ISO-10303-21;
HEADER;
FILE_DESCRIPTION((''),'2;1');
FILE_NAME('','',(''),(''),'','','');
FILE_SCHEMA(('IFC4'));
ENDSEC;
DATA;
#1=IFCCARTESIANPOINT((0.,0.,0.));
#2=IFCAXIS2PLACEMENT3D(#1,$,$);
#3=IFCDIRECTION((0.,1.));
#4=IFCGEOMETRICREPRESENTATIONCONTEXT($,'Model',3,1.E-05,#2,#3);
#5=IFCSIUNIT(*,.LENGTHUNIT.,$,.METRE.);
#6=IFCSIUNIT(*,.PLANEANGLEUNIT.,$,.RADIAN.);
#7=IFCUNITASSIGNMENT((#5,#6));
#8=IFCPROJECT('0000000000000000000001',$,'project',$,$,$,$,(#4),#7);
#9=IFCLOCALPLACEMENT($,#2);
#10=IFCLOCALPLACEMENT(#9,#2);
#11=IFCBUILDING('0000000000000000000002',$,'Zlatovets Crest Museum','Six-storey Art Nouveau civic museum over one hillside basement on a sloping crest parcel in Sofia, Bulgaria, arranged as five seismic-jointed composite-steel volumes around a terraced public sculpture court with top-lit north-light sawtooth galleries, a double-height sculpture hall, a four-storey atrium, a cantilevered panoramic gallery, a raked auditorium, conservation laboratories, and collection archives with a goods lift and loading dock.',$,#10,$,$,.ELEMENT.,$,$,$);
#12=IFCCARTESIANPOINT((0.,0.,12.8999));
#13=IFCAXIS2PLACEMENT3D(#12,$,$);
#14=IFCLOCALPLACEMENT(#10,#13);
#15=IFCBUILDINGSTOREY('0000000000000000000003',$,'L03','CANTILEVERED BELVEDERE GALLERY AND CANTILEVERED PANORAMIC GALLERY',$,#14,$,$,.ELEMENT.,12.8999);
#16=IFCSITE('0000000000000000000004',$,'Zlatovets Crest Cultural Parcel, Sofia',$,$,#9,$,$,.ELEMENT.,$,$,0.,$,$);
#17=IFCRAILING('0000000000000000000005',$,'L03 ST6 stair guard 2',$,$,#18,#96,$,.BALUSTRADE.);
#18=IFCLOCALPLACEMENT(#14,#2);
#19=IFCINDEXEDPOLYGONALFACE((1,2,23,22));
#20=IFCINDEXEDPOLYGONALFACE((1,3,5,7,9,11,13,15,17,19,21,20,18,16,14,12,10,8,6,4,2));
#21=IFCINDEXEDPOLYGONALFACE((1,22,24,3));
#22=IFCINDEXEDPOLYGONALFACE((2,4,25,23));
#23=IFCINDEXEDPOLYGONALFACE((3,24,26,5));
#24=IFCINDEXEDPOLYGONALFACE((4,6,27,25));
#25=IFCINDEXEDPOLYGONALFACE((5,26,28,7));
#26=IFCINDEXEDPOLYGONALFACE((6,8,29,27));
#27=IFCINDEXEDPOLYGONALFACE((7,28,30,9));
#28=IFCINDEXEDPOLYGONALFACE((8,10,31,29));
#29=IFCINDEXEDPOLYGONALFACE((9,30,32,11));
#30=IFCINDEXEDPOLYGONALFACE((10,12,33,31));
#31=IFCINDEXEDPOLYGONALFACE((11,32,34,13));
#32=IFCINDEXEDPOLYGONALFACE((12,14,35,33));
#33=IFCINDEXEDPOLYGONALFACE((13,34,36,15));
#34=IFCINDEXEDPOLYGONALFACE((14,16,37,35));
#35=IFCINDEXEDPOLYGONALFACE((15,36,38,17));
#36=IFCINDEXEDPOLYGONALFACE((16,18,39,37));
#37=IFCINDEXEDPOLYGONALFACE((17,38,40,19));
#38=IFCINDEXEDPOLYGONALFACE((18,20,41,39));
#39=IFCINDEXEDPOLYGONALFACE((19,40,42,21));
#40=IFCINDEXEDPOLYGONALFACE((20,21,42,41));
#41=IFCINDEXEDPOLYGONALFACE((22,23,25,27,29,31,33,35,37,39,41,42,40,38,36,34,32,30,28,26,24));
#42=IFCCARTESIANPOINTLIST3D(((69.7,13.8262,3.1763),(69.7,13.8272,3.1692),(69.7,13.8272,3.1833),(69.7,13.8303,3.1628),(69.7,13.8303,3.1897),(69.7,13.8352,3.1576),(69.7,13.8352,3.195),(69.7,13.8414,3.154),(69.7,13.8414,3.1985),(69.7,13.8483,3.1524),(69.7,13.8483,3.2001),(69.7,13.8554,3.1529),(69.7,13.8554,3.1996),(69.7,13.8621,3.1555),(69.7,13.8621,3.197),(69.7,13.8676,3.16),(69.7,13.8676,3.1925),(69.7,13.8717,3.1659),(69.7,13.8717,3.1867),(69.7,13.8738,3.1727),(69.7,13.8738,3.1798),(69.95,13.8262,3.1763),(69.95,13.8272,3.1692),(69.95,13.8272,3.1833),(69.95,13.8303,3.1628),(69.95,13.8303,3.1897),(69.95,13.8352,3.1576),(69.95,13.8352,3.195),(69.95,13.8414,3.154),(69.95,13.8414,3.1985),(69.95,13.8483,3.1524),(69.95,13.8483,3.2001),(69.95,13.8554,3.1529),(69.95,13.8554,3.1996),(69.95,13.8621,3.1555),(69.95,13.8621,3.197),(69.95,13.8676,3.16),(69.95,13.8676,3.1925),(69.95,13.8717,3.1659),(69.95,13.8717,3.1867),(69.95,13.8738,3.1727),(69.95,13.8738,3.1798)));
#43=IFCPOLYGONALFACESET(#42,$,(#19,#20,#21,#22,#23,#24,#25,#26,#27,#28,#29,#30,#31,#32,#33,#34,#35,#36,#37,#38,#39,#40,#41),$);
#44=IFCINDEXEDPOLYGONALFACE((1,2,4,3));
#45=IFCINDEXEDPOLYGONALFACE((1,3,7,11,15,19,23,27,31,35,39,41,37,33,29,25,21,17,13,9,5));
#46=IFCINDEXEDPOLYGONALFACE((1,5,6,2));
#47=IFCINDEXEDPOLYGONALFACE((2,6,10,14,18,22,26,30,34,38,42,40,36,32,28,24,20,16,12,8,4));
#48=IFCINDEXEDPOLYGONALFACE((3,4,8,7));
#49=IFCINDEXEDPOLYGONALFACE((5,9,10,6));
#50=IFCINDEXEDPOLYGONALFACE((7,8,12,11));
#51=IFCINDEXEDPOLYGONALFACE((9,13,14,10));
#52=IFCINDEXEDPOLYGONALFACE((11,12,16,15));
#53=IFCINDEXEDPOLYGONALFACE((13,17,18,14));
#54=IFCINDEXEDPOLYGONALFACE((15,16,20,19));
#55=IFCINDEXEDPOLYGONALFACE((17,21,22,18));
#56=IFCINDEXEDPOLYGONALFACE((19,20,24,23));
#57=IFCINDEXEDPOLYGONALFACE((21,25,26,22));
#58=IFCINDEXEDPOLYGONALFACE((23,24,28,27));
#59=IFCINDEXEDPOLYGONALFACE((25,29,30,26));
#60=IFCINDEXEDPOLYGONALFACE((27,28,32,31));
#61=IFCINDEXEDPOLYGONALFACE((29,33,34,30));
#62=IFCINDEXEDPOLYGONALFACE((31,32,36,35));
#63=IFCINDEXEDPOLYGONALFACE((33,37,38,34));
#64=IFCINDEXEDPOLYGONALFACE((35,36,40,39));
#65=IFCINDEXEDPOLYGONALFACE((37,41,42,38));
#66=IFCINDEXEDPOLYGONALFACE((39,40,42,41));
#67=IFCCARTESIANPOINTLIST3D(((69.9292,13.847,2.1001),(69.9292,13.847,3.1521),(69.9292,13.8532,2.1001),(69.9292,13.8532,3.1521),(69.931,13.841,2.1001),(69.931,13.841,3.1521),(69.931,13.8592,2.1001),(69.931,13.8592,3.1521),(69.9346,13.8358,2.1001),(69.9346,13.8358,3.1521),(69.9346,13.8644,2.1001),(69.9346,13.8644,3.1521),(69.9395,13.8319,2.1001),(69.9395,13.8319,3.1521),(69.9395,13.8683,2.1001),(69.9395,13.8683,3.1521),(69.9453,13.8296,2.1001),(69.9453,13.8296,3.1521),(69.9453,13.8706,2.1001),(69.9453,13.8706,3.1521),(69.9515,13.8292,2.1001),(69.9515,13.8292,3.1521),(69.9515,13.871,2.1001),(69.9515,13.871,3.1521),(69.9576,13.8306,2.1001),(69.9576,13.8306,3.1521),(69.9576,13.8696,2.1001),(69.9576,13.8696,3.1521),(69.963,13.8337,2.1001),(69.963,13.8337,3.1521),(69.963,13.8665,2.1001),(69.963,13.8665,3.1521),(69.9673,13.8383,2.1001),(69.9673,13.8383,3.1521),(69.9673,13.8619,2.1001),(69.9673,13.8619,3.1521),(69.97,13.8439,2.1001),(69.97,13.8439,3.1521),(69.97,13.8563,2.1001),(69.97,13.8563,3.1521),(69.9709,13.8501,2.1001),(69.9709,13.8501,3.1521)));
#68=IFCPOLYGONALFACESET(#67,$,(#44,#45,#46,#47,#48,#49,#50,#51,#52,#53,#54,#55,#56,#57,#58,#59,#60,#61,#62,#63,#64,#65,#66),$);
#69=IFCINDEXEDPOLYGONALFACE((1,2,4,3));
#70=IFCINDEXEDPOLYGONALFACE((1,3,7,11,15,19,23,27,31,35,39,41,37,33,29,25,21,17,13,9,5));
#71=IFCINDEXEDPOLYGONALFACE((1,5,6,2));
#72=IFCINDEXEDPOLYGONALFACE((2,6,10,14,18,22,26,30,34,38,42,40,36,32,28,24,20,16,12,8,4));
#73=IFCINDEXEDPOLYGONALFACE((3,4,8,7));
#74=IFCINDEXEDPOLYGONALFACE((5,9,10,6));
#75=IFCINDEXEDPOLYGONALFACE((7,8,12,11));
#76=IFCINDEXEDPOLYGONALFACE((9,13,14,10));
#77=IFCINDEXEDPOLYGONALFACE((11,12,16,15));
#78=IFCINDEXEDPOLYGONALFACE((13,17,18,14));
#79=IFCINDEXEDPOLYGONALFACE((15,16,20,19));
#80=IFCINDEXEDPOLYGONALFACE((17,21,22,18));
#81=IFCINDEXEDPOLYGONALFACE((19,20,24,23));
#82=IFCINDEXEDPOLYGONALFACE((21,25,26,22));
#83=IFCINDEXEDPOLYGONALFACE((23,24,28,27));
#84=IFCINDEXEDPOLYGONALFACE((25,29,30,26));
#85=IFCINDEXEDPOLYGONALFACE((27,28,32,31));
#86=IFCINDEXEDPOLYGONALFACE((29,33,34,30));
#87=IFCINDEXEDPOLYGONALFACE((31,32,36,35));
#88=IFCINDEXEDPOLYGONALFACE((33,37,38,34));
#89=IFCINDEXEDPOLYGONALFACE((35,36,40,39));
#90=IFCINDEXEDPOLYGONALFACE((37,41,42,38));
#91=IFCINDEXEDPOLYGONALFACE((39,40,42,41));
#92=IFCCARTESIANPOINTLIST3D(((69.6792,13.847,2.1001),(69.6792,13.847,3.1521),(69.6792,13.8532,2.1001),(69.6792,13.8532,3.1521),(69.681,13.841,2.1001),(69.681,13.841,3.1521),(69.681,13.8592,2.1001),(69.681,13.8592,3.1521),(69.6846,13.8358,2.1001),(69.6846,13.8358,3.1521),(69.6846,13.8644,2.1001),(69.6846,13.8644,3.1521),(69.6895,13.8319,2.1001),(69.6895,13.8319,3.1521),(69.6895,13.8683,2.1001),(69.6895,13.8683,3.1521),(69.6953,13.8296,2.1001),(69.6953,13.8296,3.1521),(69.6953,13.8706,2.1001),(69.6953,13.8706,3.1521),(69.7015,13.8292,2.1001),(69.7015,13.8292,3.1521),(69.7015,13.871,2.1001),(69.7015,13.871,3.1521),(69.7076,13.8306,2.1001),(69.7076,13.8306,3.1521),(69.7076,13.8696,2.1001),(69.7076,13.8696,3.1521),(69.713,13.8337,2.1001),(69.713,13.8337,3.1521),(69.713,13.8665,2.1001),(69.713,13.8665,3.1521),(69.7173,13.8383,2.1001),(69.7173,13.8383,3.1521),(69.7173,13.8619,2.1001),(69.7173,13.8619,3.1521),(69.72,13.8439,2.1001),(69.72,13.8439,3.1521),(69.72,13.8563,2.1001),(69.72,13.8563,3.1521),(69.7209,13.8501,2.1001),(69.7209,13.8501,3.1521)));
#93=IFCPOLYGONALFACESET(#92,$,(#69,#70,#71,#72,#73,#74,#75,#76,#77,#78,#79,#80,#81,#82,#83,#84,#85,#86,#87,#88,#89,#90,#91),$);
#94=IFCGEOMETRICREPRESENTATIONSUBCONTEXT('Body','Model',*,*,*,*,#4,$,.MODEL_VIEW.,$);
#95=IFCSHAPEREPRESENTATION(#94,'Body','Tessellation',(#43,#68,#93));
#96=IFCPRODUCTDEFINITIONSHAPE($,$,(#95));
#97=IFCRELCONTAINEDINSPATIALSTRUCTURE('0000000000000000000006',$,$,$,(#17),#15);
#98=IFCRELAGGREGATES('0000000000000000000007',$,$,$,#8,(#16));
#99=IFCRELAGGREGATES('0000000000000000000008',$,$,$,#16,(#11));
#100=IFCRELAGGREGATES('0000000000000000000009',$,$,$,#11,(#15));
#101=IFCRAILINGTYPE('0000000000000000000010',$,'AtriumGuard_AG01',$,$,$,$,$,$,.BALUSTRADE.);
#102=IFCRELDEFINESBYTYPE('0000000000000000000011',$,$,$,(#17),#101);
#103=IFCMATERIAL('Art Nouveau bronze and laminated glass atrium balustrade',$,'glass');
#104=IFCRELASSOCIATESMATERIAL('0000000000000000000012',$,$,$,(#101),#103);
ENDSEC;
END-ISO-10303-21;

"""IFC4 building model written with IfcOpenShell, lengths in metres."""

from ifc_helpers import new_model, si_unit, direction, frame, origin, origin_2d, place, context, subcontext, project, spatial, circle, extrude, material, type_object, element, save


model = new_model("IFC4")

# Units and contexts
model_context = context("Model", 3, precision=1e-05, world=origin(), true_north=direction((0.0, 1.0)))
body_context = subcontext(model_context, "Body", "Model", "MODEL_VIEW")
ifc_project = project(units=[si_unit("LENGTHUNIT", "METRE"), si_unit("PLANEANGLEUNIT", "RADIAN")], contexts=[model_context])

# Site, building, storey
site_placement = place(None, origin())
site = spatial("IfcSite", under=ifc_project, at=site_placement, Name="Zlatovets Crest Cultural Parcel, Sofia", CompositionType="ELEMENT", RefElevation=0.0)
building_placement = place(site_placement, origin())
building = spatial("IfcBuilding", under=site, at=building_placement, Name="Zlatovets Crest Museum", Description="Six-storey Art Nouveau civic museum over one hillside basement on a sloping crest parcel in Sofia, Bulgaria, arranged as five seismic-jointed composite-steel volumes around a terraced public sculpture court with top-lit north-light sawtooth galleries, a double-height sculpture hall, a four-storey atrium, a cantilevered panoramic gallery, a raked auditorium, conservation laboratories, and collection archives with a goods lift and loading dock.", CompositionType="ELEMENT")
storey_placement = place(building_placement, frame((0.0, 0.0, 12.8999)))
storey = spatial("IfcBuildingStorey", under=building, at=storey_placement, Name="L03", Description="CANTILEVERED BELVEDERE GALLERY AND CANTILEVERED PANORAMIC GALLERY", CompositionType="ELEMENT", Elevation=12.8999)

# Railing
ifc_material_1 = material(Name="Art Nouveau bronze and laminated glass atrium balustrade", Category="glass")
railing_type_1 = type_object("IfcRailingType", Name="AtriumGuard_AG01", PredefinedType="BALUSTRADE", material=ifc_material_1)
railing_1_placement = place(storey_placement, frame((69.95, 13.8501, 2.1001)))
element("IfcRailing", 1, at=railing_1_placement, inside=storey, type_object=railing_type_1, Name="L03 ST6 stair guard 2", PredefinedType="BALUSTRADE", context=body_context, shape_type="SweptSolid", body=[
    extrude(circle(Radius=0.0239, at=origin_2d()), frame((0.0, 0.0, 1.0762), z_axis=(-1.0, 0.0, 0.0), x_axis=(0.0, -1.0, 0.0)), (0.0, 0.0, 1.0), 0.25),
    extrude(circle(Radius=0.021, at=origin_2d()), origin(), (0.0, 0.0, 1.0), 1.052),
    extrude(circle(Radius=0.021, at=origin_2d()), frame((-0.25, 0.0, 0.0)), (0.0, 0.0, 1.0), 1.052),
])

save(model, "model.ifc")
